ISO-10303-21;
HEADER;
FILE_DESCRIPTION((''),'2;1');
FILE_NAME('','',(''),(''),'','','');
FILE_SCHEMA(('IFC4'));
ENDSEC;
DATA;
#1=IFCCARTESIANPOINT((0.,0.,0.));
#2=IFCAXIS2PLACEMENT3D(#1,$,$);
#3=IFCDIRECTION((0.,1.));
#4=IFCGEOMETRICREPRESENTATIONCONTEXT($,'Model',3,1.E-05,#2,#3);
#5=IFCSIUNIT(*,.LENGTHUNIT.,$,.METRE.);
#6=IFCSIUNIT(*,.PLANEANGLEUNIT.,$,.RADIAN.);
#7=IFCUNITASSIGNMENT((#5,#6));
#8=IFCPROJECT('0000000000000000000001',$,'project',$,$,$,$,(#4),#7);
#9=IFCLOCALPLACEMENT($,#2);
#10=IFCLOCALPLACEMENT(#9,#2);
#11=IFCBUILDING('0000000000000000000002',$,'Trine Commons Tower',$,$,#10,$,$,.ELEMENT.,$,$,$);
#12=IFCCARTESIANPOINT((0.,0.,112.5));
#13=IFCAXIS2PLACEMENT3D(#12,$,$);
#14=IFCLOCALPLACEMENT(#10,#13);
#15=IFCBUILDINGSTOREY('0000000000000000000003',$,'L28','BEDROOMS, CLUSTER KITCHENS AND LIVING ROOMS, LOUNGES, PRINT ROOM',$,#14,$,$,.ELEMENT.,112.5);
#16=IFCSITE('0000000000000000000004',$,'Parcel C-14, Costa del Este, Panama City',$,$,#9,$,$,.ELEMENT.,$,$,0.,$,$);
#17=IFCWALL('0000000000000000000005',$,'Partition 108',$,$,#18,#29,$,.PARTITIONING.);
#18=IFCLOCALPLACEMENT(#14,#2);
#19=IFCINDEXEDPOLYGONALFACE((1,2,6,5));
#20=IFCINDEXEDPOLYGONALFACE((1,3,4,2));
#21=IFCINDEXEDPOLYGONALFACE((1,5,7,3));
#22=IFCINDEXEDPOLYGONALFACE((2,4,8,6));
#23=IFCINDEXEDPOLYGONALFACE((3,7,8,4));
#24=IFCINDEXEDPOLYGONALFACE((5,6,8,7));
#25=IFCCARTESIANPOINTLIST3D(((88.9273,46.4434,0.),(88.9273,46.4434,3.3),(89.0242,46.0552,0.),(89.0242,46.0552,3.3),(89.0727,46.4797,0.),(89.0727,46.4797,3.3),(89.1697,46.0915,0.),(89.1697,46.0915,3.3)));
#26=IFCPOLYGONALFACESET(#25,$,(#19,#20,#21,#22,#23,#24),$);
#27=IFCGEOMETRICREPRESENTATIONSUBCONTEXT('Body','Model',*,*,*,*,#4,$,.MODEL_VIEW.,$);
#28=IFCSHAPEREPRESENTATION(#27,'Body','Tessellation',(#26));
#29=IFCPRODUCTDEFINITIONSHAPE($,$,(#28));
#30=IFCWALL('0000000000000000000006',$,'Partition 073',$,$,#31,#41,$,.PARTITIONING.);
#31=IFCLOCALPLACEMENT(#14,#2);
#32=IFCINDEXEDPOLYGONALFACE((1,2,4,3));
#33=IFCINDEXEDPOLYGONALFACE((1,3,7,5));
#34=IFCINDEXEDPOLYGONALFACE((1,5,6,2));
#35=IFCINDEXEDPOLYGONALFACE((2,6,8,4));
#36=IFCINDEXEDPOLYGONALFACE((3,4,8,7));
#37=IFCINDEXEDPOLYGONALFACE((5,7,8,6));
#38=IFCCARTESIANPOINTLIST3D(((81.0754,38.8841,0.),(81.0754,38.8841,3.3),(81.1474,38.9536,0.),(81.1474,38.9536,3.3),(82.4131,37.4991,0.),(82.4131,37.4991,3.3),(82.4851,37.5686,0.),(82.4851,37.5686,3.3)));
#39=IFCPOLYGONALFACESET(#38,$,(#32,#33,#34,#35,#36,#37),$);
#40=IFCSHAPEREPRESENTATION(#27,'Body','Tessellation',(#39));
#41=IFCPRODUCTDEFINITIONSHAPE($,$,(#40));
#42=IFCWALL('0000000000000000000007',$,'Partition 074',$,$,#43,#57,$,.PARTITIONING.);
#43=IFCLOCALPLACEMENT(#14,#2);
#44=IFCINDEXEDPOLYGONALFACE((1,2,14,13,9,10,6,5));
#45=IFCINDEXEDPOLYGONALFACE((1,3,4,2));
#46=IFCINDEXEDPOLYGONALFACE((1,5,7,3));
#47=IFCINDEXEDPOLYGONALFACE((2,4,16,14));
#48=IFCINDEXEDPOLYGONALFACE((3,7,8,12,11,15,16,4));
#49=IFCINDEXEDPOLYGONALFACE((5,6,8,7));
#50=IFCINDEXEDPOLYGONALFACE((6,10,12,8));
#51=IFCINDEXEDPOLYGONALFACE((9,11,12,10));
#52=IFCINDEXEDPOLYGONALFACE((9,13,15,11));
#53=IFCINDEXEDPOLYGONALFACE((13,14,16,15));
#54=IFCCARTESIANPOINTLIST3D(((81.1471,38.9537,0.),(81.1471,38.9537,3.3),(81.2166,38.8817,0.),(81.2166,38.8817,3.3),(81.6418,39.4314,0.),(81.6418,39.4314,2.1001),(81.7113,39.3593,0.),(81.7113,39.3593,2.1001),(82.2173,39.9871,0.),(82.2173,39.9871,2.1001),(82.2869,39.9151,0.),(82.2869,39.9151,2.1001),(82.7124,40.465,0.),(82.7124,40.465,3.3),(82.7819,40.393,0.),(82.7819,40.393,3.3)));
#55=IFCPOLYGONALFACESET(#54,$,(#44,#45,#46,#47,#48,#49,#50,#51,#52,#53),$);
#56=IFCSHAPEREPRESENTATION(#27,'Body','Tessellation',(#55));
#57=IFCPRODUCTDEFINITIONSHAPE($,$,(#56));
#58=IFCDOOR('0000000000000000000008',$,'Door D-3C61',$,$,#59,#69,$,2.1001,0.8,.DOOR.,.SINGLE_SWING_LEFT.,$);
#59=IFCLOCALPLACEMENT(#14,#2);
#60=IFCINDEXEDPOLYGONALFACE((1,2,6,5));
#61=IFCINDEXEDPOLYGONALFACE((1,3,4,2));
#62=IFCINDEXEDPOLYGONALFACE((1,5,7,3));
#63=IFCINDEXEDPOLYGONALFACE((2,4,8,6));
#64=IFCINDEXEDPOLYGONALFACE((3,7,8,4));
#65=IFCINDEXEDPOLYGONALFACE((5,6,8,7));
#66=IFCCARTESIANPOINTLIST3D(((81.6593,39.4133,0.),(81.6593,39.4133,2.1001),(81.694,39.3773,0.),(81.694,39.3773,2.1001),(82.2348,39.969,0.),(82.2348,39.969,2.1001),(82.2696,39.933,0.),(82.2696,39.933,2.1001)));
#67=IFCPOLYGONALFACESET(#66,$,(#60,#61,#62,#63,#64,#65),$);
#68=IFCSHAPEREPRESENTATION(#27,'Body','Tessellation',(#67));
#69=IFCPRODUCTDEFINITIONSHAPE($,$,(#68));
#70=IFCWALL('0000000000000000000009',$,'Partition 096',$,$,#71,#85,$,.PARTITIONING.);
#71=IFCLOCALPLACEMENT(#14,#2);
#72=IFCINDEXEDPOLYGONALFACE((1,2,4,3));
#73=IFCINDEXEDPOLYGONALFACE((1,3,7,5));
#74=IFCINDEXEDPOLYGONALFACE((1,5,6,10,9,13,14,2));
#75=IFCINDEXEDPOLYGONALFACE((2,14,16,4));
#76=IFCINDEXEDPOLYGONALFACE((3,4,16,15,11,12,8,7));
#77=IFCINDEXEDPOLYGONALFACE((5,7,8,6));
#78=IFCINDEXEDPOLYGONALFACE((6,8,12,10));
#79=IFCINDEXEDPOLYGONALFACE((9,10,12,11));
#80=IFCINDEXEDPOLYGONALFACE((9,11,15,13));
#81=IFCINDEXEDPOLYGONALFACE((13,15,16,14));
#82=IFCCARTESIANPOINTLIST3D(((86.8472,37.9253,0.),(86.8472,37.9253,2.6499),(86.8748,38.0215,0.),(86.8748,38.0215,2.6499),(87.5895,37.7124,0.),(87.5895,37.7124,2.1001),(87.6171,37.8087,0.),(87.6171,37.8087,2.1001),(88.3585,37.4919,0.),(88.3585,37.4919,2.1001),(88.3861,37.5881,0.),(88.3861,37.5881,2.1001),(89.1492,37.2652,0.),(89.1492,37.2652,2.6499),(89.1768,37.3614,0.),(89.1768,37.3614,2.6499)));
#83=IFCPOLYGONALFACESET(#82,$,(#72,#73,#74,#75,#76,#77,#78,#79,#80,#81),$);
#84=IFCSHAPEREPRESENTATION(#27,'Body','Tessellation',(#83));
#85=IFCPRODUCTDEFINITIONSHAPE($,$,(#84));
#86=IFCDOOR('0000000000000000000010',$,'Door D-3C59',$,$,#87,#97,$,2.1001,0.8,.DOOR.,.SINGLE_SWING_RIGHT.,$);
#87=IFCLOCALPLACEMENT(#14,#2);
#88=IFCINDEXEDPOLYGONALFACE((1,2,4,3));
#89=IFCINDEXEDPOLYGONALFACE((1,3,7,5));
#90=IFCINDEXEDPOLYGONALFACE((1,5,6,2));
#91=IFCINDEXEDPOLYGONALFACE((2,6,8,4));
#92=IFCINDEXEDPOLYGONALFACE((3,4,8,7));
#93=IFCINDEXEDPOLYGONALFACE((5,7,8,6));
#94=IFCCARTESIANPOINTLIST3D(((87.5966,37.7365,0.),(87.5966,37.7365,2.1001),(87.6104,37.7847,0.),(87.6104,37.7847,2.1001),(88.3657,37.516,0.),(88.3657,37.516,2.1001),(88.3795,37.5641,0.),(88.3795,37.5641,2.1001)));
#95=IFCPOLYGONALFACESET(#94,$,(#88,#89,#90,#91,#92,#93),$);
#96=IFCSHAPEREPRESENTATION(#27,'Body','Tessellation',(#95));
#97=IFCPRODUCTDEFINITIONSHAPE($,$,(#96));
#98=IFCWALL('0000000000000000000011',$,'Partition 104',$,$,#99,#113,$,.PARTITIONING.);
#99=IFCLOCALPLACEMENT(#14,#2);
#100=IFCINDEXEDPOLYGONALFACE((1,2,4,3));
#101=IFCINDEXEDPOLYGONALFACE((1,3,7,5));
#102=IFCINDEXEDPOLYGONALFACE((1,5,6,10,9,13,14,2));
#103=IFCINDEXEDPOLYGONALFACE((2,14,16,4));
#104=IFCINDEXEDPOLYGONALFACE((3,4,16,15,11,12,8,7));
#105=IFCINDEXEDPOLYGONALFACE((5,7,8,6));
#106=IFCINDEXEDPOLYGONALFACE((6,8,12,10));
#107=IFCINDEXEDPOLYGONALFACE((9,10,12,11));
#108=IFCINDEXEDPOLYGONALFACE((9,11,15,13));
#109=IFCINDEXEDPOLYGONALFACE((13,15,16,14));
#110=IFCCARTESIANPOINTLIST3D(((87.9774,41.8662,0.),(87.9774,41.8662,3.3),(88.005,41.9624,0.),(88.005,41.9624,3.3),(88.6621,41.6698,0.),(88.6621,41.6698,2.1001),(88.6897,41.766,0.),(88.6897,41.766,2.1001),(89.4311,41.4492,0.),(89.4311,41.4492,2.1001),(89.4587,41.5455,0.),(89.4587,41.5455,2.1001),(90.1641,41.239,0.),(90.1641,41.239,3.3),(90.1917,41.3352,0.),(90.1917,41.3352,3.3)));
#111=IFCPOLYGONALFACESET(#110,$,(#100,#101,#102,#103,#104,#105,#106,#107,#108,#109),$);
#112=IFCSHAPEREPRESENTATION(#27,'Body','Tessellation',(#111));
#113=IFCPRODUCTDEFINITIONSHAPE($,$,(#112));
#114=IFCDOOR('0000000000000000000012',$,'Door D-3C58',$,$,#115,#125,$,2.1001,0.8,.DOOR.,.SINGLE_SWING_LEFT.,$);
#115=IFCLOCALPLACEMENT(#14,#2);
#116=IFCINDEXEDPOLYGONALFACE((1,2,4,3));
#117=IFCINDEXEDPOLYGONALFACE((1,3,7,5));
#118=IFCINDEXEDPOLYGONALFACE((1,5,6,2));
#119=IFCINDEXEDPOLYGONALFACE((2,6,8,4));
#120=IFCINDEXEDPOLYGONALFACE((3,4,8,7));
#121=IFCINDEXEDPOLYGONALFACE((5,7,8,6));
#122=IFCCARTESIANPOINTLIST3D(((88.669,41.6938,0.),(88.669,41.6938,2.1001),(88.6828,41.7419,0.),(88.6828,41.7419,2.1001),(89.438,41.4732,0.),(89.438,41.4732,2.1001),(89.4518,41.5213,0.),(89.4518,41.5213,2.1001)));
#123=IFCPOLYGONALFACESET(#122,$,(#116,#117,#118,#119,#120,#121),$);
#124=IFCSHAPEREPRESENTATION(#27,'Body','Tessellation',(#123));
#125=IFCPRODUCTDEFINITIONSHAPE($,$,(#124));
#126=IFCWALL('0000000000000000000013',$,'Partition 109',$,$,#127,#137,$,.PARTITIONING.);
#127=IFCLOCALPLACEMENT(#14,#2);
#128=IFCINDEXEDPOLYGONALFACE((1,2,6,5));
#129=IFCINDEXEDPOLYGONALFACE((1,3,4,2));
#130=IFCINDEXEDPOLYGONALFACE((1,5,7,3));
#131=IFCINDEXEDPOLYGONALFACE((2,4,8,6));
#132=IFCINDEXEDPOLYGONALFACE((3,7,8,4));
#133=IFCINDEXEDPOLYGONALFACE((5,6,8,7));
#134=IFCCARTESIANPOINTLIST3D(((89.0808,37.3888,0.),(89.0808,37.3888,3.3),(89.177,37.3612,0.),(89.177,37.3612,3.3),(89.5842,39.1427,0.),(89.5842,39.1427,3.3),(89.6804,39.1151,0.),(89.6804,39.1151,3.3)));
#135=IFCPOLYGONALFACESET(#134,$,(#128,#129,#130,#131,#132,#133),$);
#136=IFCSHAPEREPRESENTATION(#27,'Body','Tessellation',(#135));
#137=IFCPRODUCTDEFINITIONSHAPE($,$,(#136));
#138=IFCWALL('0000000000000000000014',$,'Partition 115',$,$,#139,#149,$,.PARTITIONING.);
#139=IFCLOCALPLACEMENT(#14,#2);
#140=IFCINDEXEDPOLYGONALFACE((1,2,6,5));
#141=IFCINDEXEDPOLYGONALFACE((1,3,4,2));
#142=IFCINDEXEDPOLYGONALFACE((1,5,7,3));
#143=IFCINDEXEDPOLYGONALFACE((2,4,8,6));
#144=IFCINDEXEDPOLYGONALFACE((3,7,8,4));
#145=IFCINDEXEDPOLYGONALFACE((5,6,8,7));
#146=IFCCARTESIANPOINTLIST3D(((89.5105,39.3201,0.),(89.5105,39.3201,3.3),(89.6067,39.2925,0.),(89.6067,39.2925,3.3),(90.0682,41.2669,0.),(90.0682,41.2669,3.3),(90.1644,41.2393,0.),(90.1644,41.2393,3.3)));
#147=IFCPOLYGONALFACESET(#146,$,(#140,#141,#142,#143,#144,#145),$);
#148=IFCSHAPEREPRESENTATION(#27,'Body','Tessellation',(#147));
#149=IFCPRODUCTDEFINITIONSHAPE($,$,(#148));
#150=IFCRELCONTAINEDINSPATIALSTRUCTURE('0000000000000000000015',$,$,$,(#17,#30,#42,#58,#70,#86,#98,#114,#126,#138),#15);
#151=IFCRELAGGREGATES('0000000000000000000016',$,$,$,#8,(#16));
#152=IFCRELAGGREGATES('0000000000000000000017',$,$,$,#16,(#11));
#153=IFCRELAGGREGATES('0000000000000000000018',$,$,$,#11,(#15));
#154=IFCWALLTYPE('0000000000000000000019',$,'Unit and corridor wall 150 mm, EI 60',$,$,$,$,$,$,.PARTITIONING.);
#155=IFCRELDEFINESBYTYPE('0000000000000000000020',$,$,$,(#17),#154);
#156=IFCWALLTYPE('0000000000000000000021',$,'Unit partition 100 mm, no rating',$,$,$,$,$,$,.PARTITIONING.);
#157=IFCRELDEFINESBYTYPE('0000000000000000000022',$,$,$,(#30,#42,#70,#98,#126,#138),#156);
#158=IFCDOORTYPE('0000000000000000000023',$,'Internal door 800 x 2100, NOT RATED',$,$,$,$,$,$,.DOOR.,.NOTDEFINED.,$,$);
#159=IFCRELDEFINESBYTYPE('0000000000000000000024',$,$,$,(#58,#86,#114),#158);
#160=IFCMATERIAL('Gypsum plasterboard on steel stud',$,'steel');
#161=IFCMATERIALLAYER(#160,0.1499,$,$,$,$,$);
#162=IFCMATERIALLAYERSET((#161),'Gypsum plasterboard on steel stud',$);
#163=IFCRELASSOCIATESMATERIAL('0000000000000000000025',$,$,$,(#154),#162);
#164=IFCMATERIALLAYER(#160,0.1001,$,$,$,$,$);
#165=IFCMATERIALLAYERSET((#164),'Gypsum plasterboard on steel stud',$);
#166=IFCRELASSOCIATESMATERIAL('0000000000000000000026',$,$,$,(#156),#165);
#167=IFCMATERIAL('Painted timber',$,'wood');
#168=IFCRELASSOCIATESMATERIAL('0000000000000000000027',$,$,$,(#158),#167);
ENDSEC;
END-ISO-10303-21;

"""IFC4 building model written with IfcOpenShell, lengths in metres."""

from ifc_helpers import new_model, si_unit, direction, frame, frame_2d, origin, place, context, subcontext, project, spatial, rectangle, extrude, material, layer, layer_set, type_object, element, fill, save


model = new_model("IFC4")

# Units and contexts
model_context = context("Model", 3, precision=1e-05, world=origin(), true_north=direction((0.0, 1.0)))
body_context = subcontext(model_context, "Body", "Model", "MODEL_VIEW")
ifc_project = project(units=[si_unit("LENGTHUNIT", "METRE"), si_unit("PLANEANGLEUNIT", "RADIAN")], contexts=[model_context])

# Site, building, storey
site_placement = place(None, origin())
site = spatial("IfcSite", under=ifc_project, at=site_placement, Name="Parcel C-14, Costa del Este, Panama City", CompositionType="ELEMENT", RefElevation=0.0)
building_placement = place(site_placement, origin())
building = spatial("IfcBuilding", under=site, at=building_placement, Name="Trine Commons Tower", CompositionType="ELEMENT")
storey_placement = place(building_placement, frame((0.0, 0.0, 112.5)))
storey = spatial("IfcBuildingStorey", under=building, at=storey_placement, Name="L28", Description="BEDROOMS, CLUSTER KITCHENS AND LIVING ROOMS, LOUNGES, PRINT ROOM", CompositionType="ELEMENT", Elevation=112.5)

# Shared definitions
ifc_material_1 = material(Name="Gypsum plasterboard on steel stud", Category="steel")
ifc_layer_1 = layer(ifc_material_1, 0.1499)
ifc_layer_set_1 = layer_set([ifc_layer_1], Name="Gypsum plasterboard on steel stud")
wall_type_1 = type_object("IfcWallType", Name="Unit and corridor wall 150 mm, EI 60", PredefinedType="PARTITIONING", material=ifc_layer_set_1)

# Shared definitions
ifc_material_2 = material(Name="Painted timber", Category="wood")

# Walls
wall_1_placement = place(storey_placement, frame((89.0, 46.4617, 0.0), z_axis=(0.0, 0.0, 1.0), x_axis=(0.242248, -0.970214, 0.0)))
element("IfcWall", 1, at=wall_1_placement, inside=storey, type_object=wall_type_1, Name="Partition 108", PredefinedType="PARTITIONING", context=body_context, shape_type="SweptSolid", body=[
    extrude(rectangle(XDim=0.4001, YDim=0.1499, at=frame_2d((0.2002, 0.0))), origin(), (0.0, 0.0, 1.0), 3.3),
])
ifc_layer_2 = layer(ifc_material_1, 0.1001)
ifc_layer_set_2 = layer_set([ifc_layer_2], Name="Gypsum plasterboard on steel stud")
wall_type_2 = type_object("IfcWallType", Name="Unit partition 100 mm, no rating", PredefinedType="PARTITIONING", material=ifc_layer_set_2)
wall_2_placement = place(storey_placement, frame((81.1113, 38.9189, 0.0), z_axis=(0.0, 0.0, 1.0), x_axis=(0.694701, -0.719299, 0.0)))
element("IfcWall", 2, at=wall_2_placement, inside=storey, type_object=wall_type_2, Name="Partition 073", PredefinedType="PARTITIONING", context=body_context, shape_type="SweptSolid", body=[
    extrude(rectangle(XDim=1.9255, YDim=0.1001, at=frame_2d((0.9629, 0.0))), origin(), (0.0, 0.0, 1.0), 3.3),
])

# Walls, openings, doors
wall_3_placement = place(storey_placement, frame((81.1819, 38.9177, 0.0), z_axis=(0.0, 0.0, 1.0), x_axis=(0.719398, 0.694599, 0.0)))
wall_3 = element("IfcWall", 3, at=wall_3_placement, inside=storey, type_object=wall_type_2, Name="Partition 074", PredefinedType="PARTITIONING", context=body_context, shape_type="SweptSolid", body=[
    extrude(rectangle(XDim=2.1758, YDim=0.1001, at=frame_2d((1.0879, 0.0))), origin(), (0.0, 0.0, 1.0), 3.3),
])
opening_1_placement = place(wall_3_placement, frame((0.6877, 0.0, 0.0)))
opening_1 = element("IfcOpeningElement", 4, at=opening_1_placement, cuts=wall_3, PredefinedType="OPENING", context=body_context, shape_type="SweptSolid", body=[
    extrude(rectangle(XDim=0.8, YDim=2.1001, at=frame_2d((0.3999, 1.05))), frame((0.0, 0.0601, 0.0), z_axis=(0.0, -1.0, 0.0), x_axis=(1.0, 0.0, 0.0)), (0.0, 0.0, 1.0), 0.1201),
])
door_type_1 = type_object("IfcDoorType", Name="Internal door 800 x 2100, NOT RATED", OperationType="NOTDEFINED", PredefinedType="DOOR", material=ifc_material_2)
door_1_placement = place(opening_1_placement, origin())
door_1 = element("IfcDoor", 5, at=door_1_placement, inside=storey, type_object=door_type_1, Name="Door D-3C61", OperationType="SINGLE_SWING_LEFT", OverallHeight=2.1001, OverallWidth=0.8, PredefinedType="DOOR", context=body_context, shape_type="SweptSolid", body=[
    extrude(rectangle(XDim=0.8, YDim=2.1001, at=frame_2d((0.3999, 1.05))), frame((0.0, 0.0249, 0.0), z_axis=(0.0, -1.0, 0.0), x_axis=(1.0, 0.0, 0.0)), (0.0, 0.0, 1.0), 0.05),
])
fill(opening_1, door_1)
wall_4_placement = place(storey_placement, frame((86.8611, 37.9734, 0.0), z_axis=(0.0, 0.0, 1.0), x_axis=(0.961254, -0.275664, 0.0)))
wall_4 = element("IfcWall", 6, at=wall_4_placement, inside=storey, type_object=wall_type_2, Name="Partition 096", PredefinedType="PARTITIONING", context=body_context, shape_type="SweptSolid", body=[
    extrude(rectangle(XDim=2.3948, YDim=0.1001, at=frame_2d((1.1973, 0.0))), origin(), (0.0, 0.0, 1.0), 2.6499),
])
opening_2_placement = place(wall_4_placement, frame((0.7722, 0.0, 0.0)))
opening_2 = element("IfcOpeningElement", 7, at=opening_2_placement, cuts=wall_4, PredefinedType="OPENING", context=body_context, shape_type="SweptSolid", body=[
    extrude(rectangle(XDim=0.8, YDim=2.1001, at=frame_2d((0.3999, 1.05))), frame((0.0, 0.0601, 0.0), z_axis=(0.0, -1.0, 0.0), x_axis=(1.0, 0.0, 0.0)), (0.0, 0.0, 1.0), 0.1201),
])
door_2_placement = place(opening_2_placement, frame((0.8, 0.0, 0.0), z_axis=(0.0, 0.0, 1.0), x_axis=(-1.0, 0.0, 0.0)))
door_2 = element("IfcDoor", 8, at=door_2_placement, inside=storey, type_object=door_type_1, Name="Door D-3C59", OperationType="SINGLE_SWING_RIGHT", OverallHeight=2.1001, OverallWidth=0.8, PredefinedType="DOOR", context=body_context, shape_type="SweptSolid", body=[
    extrude(rectangle(XDim=0.8, YDim=2.1001, at=frame_2d((0.3999, 1.05))), frame((0.0, 0.0249, 0.0), z_axis=(0.0, -1.0, 0.0), x_axis=(1.0, 0.0, 0.0)), (0.0, 0.0, 1.0), 0.05),
])
fill(opening_2, door_2)
wall_5_placement = place(storey_placement, frame((87.9912, 41.9143, 0.0), z_axis=(0.0, 0.0, 1.0), x_axis=(0.961244, -0.275699, 0.0)))
wall_5 = element("IfcWall", 9, at=wall_5_placement, inside=storey, type_object=wall_type_2, Name="Partition 104", PredefinedType="PARTITIONING", context=body_context, shape_type="SweptSolid", body=[
    extrude(rectangle(XDim=2.2749, YDim=0.1001, at=frame_2d((1.1375, 0.0))), origin(), (0.0, 0.0, 1.0), 3.3),
])
opening_3_placement = place(wall_5_placement, frame((0.7124, 0.0, 0.0)))
opening_3 = element("IfcOpeningElement", 10, at=opening_3_placement, cuts=wall_5, PredefinedType="OPENING", context=body_context, shape_type="SweptSolid", body=[
    extrude(rectangle(XDim=0.8, YDim=2.1001, at=frame_2d((0.3999, 1.05))), frame((0.0, 0.0601, 0.0), z_axis=(0.0, -1.0, 0.0), x_axis=(1.0, 0.0, 0.0)), (0.0, 0.0, 1.0), 0.1201),
])
door_3_placement = place(opening_3_placement, origin())
door_3 = element("IfcDoor", 11, at=door_3_placement, inside=storey, type_object=door_type_1, Name="Door D-3C58", OperationType="SINGLE_SWING_LEFT", OverallHeight=2.1001, OverallWidth=0.8, PredefinedType="DOOR", context=body_context, shape_type="SweptSolid", body=[
    extrude(rectangle(XDim=0.8, YDim=2.1001, at=frame_2d((0.3999, 1.05))), frame((0.0, 0.0249, 0.0), z_axis=(0.0, -1.0, 0.0), x_axis=(1.0, 0.0, 0.0)), (0.0, 0.0, 1.0), 0.05),
])
fill(opening_3, door_3)

# Walls
wall_6_placement = place(storey_placement, frame((89.1289, 37.375, 0.0), z_axis=(0.0, 0.0, 1.0), x_axis=(0.275887, 0.96119, 0.0)))
element("IfcWall", 12, at=wall_6_placement, inside=storey, type_object=wall_type_2, Name="Partition 109", PredefinedType="PARTITIONING", context=body_context, shape_type="SweptSolid", body=[
    extrude(rectangle(XDim=1.8247, YDim=0.1001, at=frame_2d((0.9124, 0.0))), origin(), (0.0, 0.0, 1.0), 3.3),
])
wall_7_placement = place(storey_placement, frame((89.5586, 39.3062, 0.0), z_axis=(0.0, 0.0, 1.0), x_axis=(0.275358, 0.961342, 0.0)))
element("IfcWall", 13, at=wall_7_placement, inside=storey, type_object=wall_type_2, Name="Partition 115", PredefinedType="PARTITIONING", context=body_context, shape_type="SweptSolid", body=[
    extrude(rectangle(XDim=2.0251, YDim=0.1001, at=frame_2d((1.0127, 0.0))), origin(), (0.0, 0.0, 1.0), 3.3),
])

save(model, "model.ifc")
